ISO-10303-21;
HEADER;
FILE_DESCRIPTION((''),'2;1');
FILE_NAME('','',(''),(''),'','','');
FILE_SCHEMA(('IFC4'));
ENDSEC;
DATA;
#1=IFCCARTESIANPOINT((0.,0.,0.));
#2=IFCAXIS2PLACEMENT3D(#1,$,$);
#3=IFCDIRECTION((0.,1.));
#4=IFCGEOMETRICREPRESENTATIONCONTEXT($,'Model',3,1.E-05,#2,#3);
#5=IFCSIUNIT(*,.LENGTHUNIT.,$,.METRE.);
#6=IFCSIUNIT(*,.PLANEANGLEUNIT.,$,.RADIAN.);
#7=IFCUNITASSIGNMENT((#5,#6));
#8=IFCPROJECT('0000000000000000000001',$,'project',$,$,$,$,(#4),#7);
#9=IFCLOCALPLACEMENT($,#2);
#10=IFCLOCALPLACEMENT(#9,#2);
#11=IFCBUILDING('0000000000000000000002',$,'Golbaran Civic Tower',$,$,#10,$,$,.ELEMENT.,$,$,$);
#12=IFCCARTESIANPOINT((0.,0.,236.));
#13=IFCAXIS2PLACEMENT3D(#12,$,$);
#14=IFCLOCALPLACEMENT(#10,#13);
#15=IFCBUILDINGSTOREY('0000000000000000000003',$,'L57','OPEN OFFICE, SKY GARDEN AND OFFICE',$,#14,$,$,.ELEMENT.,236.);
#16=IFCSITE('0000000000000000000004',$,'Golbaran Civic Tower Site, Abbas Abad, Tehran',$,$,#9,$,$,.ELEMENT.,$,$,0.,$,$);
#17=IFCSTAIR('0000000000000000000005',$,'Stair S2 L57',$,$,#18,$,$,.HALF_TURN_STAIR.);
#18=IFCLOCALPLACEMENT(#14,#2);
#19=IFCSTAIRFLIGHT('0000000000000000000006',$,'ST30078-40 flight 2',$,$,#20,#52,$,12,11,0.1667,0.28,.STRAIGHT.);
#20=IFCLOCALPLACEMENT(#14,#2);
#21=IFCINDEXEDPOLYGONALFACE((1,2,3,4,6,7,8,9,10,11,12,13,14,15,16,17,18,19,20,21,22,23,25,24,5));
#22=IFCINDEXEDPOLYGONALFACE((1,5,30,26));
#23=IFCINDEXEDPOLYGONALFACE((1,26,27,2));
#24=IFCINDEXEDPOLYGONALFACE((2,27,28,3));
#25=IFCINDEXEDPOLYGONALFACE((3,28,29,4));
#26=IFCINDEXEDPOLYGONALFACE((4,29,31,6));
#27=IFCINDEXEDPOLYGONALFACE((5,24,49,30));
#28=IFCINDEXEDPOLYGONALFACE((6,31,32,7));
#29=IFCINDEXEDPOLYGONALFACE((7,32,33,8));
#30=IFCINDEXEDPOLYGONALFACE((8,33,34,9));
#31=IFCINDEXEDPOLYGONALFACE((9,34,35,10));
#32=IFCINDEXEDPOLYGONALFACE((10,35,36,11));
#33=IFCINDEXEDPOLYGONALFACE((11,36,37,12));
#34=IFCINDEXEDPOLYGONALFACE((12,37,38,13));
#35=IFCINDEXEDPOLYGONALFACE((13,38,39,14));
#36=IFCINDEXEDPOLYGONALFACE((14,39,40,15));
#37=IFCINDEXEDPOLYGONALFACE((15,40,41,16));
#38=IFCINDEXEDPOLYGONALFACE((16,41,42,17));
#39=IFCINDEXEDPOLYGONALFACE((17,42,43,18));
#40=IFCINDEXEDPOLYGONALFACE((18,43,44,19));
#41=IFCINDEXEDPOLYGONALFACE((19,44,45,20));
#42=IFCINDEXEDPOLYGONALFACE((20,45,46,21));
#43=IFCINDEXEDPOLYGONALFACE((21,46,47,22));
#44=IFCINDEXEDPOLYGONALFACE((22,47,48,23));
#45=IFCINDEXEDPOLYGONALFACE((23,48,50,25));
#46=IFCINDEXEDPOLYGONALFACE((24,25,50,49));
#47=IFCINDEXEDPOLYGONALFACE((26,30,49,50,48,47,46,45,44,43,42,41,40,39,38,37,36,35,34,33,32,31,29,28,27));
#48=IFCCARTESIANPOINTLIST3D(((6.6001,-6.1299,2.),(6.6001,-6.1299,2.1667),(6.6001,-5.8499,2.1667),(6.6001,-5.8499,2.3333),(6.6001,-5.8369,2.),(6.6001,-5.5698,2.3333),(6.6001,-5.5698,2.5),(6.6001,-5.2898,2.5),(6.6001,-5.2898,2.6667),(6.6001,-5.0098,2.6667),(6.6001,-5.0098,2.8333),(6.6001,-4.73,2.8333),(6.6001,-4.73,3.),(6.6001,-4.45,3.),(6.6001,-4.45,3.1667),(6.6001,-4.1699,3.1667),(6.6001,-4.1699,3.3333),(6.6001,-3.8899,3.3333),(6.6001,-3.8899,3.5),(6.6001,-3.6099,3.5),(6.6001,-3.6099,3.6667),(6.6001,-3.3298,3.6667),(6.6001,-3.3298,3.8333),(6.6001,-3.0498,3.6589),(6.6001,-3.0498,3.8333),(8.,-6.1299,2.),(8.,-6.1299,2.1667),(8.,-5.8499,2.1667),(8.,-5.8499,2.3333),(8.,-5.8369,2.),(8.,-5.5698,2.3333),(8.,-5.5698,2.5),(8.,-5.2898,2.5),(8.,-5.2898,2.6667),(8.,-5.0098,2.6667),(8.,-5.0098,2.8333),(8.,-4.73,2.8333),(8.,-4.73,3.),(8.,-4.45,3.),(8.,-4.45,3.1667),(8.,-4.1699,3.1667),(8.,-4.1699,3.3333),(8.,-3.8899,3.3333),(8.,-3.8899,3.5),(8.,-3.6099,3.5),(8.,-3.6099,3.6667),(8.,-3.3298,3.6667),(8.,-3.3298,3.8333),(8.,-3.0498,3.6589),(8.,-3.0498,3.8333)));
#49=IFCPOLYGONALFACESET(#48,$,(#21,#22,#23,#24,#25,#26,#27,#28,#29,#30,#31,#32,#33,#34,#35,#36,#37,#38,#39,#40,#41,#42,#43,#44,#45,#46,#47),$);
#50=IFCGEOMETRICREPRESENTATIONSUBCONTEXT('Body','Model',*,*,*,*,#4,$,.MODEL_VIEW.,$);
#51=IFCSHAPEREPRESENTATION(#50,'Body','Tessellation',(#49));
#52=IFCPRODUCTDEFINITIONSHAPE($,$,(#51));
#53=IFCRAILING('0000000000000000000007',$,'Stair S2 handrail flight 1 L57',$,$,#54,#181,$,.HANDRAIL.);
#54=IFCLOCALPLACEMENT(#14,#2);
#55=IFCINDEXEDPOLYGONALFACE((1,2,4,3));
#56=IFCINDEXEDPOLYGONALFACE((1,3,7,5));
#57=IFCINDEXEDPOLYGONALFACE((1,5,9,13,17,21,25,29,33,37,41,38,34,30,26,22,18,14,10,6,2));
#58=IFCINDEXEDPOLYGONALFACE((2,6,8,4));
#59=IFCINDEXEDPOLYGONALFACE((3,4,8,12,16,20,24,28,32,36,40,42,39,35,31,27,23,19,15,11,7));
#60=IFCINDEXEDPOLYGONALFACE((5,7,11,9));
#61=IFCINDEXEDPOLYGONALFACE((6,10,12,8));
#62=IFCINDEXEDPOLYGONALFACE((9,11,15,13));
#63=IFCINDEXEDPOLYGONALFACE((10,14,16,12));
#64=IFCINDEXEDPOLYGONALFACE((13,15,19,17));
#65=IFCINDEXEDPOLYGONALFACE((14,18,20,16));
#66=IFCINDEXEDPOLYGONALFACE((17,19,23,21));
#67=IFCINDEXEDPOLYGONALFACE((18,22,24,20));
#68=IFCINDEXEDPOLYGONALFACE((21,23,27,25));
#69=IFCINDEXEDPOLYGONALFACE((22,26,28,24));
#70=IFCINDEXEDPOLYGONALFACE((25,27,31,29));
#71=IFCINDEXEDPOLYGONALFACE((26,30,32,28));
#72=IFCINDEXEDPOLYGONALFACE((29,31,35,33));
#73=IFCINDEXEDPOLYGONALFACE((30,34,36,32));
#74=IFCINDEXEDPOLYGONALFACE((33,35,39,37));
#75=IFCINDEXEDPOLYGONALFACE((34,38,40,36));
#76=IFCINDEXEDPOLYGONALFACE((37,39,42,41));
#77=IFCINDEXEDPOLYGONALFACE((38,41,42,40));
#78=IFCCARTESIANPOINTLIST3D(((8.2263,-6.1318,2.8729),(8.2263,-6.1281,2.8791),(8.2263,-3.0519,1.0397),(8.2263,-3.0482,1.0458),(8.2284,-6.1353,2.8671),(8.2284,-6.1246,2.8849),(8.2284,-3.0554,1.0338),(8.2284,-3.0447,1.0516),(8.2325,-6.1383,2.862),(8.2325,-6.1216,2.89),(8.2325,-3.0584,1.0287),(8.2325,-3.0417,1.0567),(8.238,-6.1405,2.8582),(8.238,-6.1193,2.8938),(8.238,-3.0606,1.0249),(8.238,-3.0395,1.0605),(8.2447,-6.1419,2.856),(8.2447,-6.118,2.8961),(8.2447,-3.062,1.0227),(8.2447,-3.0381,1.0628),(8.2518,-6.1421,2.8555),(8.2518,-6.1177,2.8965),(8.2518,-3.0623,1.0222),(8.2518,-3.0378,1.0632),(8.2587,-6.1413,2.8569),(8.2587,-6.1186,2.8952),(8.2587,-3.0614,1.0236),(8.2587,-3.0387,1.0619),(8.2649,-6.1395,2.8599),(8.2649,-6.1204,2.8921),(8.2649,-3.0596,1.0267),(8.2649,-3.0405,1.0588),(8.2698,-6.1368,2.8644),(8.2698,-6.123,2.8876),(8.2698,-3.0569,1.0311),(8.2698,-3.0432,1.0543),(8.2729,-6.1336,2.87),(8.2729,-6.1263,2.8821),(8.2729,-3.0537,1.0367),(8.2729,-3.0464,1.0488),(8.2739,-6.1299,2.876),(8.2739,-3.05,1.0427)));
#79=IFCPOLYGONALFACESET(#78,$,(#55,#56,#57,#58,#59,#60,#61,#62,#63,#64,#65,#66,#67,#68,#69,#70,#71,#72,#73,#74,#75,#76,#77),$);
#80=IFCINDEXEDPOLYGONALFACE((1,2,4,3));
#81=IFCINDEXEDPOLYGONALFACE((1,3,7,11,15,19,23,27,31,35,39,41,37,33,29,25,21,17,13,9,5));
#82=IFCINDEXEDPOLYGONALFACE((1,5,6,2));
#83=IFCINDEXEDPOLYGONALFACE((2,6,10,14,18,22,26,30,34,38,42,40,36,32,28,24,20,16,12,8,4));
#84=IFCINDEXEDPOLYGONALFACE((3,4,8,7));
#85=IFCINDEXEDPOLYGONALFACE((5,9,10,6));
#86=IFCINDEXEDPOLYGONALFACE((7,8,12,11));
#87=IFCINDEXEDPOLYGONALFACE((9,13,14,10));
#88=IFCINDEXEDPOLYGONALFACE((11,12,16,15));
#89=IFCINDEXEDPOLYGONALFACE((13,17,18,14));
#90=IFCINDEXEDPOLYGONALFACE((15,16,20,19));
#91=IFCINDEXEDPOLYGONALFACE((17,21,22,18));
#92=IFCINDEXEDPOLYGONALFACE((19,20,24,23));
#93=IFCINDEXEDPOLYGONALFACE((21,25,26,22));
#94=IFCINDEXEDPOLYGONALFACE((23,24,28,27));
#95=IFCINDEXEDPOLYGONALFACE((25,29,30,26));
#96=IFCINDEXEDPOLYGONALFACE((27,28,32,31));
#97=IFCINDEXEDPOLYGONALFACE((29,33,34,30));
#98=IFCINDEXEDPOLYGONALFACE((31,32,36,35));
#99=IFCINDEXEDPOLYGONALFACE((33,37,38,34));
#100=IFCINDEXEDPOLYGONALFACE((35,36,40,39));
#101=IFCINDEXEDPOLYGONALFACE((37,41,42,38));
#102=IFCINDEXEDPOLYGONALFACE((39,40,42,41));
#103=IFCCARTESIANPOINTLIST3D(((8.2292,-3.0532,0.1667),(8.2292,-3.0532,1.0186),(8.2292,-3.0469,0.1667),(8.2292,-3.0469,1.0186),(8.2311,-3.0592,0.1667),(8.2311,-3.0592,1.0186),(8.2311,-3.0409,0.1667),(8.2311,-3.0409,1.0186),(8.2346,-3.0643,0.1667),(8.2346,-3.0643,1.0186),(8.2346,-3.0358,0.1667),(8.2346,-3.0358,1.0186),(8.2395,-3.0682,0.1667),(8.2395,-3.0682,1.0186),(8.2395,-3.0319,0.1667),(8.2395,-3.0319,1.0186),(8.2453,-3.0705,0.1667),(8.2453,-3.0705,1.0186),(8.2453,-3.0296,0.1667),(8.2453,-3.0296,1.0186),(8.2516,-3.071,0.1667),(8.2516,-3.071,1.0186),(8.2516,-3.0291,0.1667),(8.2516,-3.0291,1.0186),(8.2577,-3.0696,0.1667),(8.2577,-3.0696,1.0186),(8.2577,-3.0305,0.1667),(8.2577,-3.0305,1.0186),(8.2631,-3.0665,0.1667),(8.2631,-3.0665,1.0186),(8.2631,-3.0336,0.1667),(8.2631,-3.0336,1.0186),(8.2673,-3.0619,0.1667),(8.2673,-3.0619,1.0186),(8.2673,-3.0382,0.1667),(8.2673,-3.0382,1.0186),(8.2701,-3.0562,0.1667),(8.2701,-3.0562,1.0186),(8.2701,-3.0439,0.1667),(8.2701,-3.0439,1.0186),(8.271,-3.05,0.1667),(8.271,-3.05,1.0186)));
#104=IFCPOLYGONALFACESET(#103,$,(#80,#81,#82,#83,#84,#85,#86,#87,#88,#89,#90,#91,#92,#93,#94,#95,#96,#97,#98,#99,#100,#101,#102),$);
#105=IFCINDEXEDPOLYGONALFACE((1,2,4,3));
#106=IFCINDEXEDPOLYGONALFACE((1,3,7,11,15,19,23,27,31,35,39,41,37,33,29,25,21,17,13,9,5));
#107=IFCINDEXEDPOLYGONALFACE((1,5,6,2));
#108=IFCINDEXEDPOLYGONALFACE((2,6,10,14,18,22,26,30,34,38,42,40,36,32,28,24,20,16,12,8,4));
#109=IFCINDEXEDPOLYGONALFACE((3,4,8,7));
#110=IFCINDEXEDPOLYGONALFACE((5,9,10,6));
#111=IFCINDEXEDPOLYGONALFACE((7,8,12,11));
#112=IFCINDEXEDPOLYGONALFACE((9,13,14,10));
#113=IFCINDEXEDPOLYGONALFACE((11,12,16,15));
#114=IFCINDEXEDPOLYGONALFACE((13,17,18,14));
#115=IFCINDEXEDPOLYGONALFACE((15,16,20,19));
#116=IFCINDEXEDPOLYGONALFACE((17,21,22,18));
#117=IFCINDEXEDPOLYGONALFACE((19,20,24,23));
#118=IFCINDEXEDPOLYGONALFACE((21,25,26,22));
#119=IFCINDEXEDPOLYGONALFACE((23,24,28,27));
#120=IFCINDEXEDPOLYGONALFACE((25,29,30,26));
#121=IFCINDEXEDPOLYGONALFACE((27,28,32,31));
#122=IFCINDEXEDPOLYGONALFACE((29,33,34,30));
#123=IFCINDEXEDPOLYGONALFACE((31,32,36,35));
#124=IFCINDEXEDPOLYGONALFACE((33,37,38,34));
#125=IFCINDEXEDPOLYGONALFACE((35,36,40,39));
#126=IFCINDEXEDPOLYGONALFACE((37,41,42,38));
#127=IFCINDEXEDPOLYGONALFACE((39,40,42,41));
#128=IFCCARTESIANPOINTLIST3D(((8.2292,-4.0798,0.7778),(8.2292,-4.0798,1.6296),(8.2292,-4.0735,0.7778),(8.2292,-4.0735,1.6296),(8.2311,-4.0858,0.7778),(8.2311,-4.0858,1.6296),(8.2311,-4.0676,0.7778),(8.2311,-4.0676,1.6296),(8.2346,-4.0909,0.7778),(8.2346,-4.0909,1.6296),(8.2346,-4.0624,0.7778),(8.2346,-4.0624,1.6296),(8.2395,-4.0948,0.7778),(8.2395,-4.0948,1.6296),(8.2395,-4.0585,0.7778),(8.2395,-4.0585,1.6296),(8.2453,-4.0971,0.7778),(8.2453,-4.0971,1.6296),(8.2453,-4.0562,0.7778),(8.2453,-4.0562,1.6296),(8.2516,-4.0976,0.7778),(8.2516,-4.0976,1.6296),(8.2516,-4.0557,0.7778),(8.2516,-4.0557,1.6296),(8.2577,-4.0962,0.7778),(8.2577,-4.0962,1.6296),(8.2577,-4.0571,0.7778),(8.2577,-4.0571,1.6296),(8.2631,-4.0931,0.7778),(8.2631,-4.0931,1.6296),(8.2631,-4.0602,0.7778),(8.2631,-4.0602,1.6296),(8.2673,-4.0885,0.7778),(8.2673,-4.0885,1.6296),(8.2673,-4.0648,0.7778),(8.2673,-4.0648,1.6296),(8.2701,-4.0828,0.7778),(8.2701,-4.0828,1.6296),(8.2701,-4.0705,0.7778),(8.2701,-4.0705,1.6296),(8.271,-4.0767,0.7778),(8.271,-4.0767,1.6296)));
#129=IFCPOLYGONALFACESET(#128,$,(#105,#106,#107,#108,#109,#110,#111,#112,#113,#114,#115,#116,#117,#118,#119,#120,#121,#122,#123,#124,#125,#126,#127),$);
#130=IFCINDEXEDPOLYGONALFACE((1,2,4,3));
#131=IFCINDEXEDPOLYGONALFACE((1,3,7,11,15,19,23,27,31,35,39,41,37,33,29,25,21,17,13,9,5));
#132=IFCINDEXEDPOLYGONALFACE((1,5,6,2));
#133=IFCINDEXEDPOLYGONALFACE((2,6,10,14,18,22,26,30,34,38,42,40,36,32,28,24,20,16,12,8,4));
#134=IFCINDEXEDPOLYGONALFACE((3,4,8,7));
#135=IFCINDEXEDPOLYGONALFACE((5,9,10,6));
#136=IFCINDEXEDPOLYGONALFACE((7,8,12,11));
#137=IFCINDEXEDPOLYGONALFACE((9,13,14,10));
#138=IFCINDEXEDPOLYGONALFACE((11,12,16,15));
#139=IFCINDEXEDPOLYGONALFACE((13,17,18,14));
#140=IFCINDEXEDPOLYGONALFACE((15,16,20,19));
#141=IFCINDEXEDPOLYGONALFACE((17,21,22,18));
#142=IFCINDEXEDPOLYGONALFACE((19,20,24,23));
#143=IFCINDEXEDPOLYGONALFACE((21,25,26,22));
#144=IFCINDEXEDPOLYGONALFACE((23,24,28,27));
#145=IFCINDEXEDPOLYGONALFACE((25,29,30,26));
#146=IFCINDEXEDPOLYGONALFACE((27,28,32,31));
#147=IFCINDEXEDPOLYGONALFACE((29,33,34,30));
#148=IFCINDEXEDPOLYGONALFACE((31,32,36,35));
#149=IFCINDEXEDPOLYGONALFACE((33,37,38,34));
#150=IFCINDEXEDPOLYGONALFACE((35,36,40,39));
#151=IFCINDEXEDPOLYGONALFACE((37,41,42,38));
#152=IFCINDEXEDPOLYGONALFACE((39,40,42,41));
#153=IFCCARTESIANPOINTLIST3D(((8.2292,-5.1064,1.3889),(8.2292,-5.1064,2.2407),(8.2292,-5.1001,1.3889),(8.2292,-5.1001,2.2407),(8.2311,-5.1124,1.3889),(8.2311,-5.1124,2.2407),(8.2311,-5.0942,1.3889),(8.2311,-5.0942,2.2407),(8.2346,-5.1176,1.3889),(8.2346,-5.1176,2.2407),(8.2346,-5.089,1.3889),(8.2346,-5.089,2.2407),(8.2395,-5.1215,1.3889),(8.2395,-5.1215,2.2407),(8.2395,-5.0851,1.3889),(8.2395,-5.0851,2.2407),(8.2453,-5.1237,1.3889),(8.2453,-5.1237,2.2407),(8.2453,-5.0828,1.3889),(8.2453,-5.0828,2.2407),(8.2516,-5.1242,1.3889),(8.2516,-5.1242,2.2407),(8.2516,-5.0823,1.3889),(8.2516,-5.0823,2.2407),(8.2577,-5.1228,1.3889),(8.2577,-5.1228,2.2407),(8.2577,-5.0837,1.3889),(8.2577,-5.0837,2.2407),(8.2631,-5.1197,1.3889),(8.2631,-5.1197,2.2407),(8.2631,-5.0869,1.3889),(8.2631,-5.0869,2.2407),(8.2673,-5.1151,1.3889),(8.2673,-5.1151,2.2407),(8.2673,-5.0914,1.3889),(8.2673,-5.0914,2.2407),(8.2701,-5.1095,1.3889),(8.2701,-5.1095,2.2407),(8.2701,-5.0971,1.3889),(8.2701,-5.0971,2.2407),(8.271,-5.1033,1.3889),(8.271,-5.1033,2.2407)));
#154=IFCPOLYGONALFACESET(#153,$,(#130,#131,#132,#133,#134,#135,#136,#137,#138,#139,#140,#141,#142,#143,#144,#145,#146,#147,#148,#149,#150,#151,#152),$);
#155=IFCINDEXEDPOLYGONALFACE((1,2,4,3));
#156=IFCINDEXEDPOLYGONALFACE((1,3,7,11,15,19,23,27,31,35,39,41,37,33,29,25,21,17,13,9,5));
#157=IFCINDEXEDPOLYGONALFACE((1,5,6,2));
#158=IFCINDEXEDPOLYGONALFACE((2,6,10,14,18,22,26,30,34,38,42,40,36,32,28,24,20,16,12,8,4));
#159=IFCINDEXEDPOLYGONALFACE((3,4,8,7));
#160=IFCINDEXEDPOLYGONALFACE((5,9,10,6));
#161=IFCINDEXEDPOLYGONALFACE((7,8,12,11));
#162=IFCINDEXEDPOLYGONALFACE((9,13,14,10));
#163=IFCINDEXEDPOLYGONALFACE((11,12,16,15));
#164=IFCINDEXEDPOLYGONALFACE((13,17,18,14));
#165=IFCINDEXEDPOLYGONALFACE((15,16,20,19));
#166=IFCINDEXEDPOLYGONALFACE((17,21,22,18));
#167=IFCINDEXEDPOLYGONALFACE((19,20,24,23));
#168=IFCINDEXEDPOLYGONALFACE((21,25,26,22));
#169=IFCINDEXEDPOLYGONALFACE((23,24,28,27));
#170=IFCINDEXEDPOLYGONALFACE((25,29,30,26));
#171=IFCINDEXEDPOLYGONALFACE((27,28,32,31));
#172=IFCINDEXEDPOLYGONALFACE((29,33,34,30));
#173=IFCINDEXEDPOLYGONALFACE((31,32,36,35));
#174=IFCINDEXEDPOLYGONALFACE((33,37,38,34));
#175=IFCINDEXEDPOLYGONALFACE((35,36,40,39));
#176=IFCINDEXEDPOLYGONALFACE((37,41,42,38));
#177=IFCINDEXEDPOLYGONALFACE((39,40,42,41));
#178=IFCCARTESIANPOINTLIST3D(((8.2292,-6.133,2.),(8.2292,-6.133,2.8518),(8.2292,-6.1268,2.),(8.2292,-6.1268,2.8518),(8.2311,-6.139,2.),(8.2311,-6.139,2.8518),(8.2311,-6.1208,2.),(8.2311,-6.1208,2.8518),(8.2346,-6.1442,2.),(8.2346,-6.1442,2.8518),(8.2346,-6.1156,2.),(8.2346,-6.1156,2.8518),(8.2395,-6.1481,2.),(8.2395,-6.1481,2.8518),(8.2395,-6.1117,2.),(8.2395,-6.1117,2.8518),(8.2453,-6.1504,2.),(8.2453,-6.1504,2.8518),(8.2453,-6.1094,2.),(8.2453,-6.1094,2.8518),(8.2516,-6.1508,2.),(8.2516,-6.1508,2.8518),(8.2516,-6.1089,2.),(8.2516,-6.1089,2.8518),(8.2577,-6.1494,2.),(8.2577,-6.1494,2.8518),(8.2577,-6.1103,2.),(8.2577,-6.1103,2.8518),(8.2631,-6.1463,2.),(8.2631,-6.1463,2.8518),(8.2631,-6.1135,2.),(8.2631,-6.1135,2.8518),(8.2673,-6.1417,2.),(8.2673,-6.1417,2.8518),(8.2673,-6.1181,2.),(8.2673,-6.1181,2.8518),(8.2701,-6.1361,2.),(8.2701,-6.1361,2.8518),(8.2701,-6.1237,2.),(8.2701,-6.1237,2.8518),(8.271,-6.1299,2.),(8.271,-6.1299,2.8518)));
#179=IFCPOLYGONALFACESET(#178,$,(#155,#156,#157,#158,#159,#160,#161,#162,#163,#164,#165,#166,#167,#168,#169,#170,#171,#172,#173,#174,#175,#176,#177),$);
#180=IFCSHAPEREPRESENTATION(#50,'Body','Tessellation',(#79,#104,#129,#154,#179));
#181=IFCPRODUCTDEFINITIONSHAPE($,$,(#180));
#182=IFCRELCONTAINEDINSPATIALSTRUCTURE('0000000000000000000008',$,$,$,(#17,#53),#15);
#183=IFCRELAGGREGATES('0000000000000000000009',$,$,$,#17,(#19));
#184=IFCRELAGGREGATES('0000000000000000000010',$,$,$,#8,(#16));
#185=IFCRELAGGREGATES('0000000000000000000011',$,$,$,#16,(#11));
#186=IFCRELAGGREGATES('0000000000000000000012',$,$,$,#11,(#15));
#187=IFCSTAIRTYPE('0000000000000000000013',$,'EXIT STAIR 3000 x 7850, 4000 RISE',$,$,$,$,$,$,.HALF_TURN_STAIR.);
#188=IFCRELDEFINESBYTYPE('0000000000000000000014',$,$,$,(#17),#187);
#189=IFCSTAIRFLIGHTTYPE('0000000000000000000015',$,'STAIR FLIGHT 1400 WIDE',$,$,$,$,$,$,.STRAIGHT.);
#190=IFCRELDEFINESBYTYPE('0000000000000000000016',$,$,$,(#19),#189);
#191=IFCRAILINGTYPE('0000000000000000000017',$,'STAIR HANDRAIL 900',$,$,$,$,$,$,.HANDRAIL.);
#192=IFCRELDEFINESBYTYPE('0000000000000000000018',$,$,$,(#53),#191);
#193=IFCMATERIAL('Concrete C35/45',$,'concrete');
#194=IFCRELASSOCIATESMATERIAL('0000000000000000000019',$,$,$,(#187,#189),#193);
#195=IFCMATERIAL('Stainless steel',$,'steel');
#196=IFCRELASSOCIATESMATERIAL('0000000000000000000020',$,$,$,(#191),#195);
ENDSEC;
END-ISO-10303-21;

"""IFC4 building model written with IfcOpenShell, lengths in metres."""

from ifc_helpers import new_model, si_unit, direction, frame, origin, origin_2d, place, context, subcontext, project, spatial, polyline, circle, outline, extrude, material, type_object, element, aggregate, save


model = new_model("IFC4")

# Units and contexts
model_context = context("Model", 3, precision=1e-05, world=origin(), true_north=direction((0.0, 1.0)))
body_context = subcontext(model_context, "Body", "Model", "MODEL_VIEW")
ifc_project = project(units=[si_unit("LENGTHUNIT", "METRE"), si_unit("PLANEANGLEUNIT", "RADIAN")], contexts=[model_context])

# Site, building, storey
site_placement = place(None, origin())
site = spatial("IfcSite", under=ifc_project, at=site_placement, Name="Golbaran Civic Tower Site, Abbas Abad, Tehran", CompositionType="ELEMENT", RefElevation=0.0)
building_placement = place(site_placement, origin())
building = spatial("IfcBuilding", under=site, at=building_placement, Name="Golbaran Civic Tower", CompositionType="ELEMENT")
storey_placement = place(building_placement, frame((0.0, 0.0, 236.0)))
storey = spatial("IfcBuildingStorey", under=building, at=storey_placement, Name="L57", Description="OPEN OFFICE, SKY GARDEN AND OFFICE", CompositionType="ELEMENT", Elevation=236.0)

# Shared definitions
ifc_material_1 = material(Name="Stainless steel", Category="steel")

# Stair, stair flight
ifc_material_2 = material(Name="Concrete C35/45", Category="concrete")
stair_type = type_object("IfcStairType", Name="EXIT STAIR 3000 x 7850, 4000 RISE", PredefinedType="HALF_TURN_STAIR", material=ifc_material_2)
stair_placement = place(storey_placement, origin())
stair = element("IfcStair", 1, at=stair_placement, inside=storey, type_object=stair_type, Name="Stair S2 L57", PredefinedType="HALF_TURN_STAIR")
stair_flight_type = type_object("IfcStairFlightType", Name="STAIR FLIGHT 1400 WIDE", PredefinedType="STRAIGHT", material=ifc_material_2)
stair_flight_1_placement = place(storey_placement, frame((7.3, -6.1299, 2.0), z_axis=(0.0, 0.0, 1.0), x_axis=(0.0, 1.0, 0.0)))
stair_flight_1 = element("IfcStairFlight", 2, at=stair_flight_1_placement, type_object=stair_flight_type, Name="ST30078-40 flight 2", NumberOfRisers=12, NumberOfTreads=11, PredefinedType="STRAIGHT", RiserHeight=0.1667, TreadLength=0.28, context=body_context, shape_type="SweptSolid", body=[
    extrude(outline(polyline([(0.0, 0.0), (0.0, 0.1667), (0.28, 0.1667), (0.28, 0.3333), (0.5601, 0.3333), (0.5601, 0.5), (0.8401, 0.5), (0.8401, 0.6667), (1.1201, 0.6667), (1.1201, 0.8333), (1.3999, 0.8333), (1.3999, 1.0), (1.6799, 1.0), (1.6799, 1.1667), (1.96, 1.1667), (1.96, 1.3333), (2.24, 1.3333), (2.24, 1.5), (2.52, 1.5), (2.52, 1.6667), (2.8, 1.6667), (2.8, 1.8333), (3.0801, 1.8333), (3.0801, 2.0), (3.0801, 1.6589), (0.293, 0.0), (0.0, 0.0)])), frame((0.0, 0.7, 0.0), z_axis=(0.0, -1.0, 0.0), x_axis=(1.0, 0.0, 0.0)), (0.0, 0.0, 1.0), 1.3999),
])
aggregate(stair, [stair_flight_1])

# Railing
railing_type = type_object("IfcRailingType", Name="STAIR HANDRAIL 900", PredefinedType="HANDRAIL", material=ifc_material_1)
railing_1_placement = place(storey_placement, frame((8.25, -3.05, 0.1667)))
element("IfcRailing", 3, at=railing_1_placement, inside=storey, type_object=railing_type, Name="Stair S2 handrail flight 1 L57", PredefinedType="HANDRAIL", context=body_context, shape_type="SweptSolid", body=[
    extrude(circle(Radius=0.0239, at=origin_2d()), frame((0.0, 0.0, 0.876), z_axis=(0.0, -0.859291, 0.511487), x_axis=(1.0, 0.0, 0.0)), (0.0, 0.0, 1.0), 3.5842),
    extrude(circle(Radius=0.021, at=origin_2d()), origin(), (0.0, 0.0, 1.0), 0.8518),
    extrude(circle(Radius=0.021, at=origin_2d()), frame((0.0, -1.0266, 0.6111)), (0.0, 0.0, 1.0), 0.8518),
    extrude(circle(Radius=0.021, at=origin_2d()), frame((0.0, -2.0532, 1.2222)), (0.0, 0.0, 1.0), 0.8518),
    extrude(circle(Radius=0.021, at=origin_2d()), frame((0.0, -3.0798, 1.8333)), (0.0, 0.0, 1.0), 0.8518),
])

save(model, "model.ifc")
